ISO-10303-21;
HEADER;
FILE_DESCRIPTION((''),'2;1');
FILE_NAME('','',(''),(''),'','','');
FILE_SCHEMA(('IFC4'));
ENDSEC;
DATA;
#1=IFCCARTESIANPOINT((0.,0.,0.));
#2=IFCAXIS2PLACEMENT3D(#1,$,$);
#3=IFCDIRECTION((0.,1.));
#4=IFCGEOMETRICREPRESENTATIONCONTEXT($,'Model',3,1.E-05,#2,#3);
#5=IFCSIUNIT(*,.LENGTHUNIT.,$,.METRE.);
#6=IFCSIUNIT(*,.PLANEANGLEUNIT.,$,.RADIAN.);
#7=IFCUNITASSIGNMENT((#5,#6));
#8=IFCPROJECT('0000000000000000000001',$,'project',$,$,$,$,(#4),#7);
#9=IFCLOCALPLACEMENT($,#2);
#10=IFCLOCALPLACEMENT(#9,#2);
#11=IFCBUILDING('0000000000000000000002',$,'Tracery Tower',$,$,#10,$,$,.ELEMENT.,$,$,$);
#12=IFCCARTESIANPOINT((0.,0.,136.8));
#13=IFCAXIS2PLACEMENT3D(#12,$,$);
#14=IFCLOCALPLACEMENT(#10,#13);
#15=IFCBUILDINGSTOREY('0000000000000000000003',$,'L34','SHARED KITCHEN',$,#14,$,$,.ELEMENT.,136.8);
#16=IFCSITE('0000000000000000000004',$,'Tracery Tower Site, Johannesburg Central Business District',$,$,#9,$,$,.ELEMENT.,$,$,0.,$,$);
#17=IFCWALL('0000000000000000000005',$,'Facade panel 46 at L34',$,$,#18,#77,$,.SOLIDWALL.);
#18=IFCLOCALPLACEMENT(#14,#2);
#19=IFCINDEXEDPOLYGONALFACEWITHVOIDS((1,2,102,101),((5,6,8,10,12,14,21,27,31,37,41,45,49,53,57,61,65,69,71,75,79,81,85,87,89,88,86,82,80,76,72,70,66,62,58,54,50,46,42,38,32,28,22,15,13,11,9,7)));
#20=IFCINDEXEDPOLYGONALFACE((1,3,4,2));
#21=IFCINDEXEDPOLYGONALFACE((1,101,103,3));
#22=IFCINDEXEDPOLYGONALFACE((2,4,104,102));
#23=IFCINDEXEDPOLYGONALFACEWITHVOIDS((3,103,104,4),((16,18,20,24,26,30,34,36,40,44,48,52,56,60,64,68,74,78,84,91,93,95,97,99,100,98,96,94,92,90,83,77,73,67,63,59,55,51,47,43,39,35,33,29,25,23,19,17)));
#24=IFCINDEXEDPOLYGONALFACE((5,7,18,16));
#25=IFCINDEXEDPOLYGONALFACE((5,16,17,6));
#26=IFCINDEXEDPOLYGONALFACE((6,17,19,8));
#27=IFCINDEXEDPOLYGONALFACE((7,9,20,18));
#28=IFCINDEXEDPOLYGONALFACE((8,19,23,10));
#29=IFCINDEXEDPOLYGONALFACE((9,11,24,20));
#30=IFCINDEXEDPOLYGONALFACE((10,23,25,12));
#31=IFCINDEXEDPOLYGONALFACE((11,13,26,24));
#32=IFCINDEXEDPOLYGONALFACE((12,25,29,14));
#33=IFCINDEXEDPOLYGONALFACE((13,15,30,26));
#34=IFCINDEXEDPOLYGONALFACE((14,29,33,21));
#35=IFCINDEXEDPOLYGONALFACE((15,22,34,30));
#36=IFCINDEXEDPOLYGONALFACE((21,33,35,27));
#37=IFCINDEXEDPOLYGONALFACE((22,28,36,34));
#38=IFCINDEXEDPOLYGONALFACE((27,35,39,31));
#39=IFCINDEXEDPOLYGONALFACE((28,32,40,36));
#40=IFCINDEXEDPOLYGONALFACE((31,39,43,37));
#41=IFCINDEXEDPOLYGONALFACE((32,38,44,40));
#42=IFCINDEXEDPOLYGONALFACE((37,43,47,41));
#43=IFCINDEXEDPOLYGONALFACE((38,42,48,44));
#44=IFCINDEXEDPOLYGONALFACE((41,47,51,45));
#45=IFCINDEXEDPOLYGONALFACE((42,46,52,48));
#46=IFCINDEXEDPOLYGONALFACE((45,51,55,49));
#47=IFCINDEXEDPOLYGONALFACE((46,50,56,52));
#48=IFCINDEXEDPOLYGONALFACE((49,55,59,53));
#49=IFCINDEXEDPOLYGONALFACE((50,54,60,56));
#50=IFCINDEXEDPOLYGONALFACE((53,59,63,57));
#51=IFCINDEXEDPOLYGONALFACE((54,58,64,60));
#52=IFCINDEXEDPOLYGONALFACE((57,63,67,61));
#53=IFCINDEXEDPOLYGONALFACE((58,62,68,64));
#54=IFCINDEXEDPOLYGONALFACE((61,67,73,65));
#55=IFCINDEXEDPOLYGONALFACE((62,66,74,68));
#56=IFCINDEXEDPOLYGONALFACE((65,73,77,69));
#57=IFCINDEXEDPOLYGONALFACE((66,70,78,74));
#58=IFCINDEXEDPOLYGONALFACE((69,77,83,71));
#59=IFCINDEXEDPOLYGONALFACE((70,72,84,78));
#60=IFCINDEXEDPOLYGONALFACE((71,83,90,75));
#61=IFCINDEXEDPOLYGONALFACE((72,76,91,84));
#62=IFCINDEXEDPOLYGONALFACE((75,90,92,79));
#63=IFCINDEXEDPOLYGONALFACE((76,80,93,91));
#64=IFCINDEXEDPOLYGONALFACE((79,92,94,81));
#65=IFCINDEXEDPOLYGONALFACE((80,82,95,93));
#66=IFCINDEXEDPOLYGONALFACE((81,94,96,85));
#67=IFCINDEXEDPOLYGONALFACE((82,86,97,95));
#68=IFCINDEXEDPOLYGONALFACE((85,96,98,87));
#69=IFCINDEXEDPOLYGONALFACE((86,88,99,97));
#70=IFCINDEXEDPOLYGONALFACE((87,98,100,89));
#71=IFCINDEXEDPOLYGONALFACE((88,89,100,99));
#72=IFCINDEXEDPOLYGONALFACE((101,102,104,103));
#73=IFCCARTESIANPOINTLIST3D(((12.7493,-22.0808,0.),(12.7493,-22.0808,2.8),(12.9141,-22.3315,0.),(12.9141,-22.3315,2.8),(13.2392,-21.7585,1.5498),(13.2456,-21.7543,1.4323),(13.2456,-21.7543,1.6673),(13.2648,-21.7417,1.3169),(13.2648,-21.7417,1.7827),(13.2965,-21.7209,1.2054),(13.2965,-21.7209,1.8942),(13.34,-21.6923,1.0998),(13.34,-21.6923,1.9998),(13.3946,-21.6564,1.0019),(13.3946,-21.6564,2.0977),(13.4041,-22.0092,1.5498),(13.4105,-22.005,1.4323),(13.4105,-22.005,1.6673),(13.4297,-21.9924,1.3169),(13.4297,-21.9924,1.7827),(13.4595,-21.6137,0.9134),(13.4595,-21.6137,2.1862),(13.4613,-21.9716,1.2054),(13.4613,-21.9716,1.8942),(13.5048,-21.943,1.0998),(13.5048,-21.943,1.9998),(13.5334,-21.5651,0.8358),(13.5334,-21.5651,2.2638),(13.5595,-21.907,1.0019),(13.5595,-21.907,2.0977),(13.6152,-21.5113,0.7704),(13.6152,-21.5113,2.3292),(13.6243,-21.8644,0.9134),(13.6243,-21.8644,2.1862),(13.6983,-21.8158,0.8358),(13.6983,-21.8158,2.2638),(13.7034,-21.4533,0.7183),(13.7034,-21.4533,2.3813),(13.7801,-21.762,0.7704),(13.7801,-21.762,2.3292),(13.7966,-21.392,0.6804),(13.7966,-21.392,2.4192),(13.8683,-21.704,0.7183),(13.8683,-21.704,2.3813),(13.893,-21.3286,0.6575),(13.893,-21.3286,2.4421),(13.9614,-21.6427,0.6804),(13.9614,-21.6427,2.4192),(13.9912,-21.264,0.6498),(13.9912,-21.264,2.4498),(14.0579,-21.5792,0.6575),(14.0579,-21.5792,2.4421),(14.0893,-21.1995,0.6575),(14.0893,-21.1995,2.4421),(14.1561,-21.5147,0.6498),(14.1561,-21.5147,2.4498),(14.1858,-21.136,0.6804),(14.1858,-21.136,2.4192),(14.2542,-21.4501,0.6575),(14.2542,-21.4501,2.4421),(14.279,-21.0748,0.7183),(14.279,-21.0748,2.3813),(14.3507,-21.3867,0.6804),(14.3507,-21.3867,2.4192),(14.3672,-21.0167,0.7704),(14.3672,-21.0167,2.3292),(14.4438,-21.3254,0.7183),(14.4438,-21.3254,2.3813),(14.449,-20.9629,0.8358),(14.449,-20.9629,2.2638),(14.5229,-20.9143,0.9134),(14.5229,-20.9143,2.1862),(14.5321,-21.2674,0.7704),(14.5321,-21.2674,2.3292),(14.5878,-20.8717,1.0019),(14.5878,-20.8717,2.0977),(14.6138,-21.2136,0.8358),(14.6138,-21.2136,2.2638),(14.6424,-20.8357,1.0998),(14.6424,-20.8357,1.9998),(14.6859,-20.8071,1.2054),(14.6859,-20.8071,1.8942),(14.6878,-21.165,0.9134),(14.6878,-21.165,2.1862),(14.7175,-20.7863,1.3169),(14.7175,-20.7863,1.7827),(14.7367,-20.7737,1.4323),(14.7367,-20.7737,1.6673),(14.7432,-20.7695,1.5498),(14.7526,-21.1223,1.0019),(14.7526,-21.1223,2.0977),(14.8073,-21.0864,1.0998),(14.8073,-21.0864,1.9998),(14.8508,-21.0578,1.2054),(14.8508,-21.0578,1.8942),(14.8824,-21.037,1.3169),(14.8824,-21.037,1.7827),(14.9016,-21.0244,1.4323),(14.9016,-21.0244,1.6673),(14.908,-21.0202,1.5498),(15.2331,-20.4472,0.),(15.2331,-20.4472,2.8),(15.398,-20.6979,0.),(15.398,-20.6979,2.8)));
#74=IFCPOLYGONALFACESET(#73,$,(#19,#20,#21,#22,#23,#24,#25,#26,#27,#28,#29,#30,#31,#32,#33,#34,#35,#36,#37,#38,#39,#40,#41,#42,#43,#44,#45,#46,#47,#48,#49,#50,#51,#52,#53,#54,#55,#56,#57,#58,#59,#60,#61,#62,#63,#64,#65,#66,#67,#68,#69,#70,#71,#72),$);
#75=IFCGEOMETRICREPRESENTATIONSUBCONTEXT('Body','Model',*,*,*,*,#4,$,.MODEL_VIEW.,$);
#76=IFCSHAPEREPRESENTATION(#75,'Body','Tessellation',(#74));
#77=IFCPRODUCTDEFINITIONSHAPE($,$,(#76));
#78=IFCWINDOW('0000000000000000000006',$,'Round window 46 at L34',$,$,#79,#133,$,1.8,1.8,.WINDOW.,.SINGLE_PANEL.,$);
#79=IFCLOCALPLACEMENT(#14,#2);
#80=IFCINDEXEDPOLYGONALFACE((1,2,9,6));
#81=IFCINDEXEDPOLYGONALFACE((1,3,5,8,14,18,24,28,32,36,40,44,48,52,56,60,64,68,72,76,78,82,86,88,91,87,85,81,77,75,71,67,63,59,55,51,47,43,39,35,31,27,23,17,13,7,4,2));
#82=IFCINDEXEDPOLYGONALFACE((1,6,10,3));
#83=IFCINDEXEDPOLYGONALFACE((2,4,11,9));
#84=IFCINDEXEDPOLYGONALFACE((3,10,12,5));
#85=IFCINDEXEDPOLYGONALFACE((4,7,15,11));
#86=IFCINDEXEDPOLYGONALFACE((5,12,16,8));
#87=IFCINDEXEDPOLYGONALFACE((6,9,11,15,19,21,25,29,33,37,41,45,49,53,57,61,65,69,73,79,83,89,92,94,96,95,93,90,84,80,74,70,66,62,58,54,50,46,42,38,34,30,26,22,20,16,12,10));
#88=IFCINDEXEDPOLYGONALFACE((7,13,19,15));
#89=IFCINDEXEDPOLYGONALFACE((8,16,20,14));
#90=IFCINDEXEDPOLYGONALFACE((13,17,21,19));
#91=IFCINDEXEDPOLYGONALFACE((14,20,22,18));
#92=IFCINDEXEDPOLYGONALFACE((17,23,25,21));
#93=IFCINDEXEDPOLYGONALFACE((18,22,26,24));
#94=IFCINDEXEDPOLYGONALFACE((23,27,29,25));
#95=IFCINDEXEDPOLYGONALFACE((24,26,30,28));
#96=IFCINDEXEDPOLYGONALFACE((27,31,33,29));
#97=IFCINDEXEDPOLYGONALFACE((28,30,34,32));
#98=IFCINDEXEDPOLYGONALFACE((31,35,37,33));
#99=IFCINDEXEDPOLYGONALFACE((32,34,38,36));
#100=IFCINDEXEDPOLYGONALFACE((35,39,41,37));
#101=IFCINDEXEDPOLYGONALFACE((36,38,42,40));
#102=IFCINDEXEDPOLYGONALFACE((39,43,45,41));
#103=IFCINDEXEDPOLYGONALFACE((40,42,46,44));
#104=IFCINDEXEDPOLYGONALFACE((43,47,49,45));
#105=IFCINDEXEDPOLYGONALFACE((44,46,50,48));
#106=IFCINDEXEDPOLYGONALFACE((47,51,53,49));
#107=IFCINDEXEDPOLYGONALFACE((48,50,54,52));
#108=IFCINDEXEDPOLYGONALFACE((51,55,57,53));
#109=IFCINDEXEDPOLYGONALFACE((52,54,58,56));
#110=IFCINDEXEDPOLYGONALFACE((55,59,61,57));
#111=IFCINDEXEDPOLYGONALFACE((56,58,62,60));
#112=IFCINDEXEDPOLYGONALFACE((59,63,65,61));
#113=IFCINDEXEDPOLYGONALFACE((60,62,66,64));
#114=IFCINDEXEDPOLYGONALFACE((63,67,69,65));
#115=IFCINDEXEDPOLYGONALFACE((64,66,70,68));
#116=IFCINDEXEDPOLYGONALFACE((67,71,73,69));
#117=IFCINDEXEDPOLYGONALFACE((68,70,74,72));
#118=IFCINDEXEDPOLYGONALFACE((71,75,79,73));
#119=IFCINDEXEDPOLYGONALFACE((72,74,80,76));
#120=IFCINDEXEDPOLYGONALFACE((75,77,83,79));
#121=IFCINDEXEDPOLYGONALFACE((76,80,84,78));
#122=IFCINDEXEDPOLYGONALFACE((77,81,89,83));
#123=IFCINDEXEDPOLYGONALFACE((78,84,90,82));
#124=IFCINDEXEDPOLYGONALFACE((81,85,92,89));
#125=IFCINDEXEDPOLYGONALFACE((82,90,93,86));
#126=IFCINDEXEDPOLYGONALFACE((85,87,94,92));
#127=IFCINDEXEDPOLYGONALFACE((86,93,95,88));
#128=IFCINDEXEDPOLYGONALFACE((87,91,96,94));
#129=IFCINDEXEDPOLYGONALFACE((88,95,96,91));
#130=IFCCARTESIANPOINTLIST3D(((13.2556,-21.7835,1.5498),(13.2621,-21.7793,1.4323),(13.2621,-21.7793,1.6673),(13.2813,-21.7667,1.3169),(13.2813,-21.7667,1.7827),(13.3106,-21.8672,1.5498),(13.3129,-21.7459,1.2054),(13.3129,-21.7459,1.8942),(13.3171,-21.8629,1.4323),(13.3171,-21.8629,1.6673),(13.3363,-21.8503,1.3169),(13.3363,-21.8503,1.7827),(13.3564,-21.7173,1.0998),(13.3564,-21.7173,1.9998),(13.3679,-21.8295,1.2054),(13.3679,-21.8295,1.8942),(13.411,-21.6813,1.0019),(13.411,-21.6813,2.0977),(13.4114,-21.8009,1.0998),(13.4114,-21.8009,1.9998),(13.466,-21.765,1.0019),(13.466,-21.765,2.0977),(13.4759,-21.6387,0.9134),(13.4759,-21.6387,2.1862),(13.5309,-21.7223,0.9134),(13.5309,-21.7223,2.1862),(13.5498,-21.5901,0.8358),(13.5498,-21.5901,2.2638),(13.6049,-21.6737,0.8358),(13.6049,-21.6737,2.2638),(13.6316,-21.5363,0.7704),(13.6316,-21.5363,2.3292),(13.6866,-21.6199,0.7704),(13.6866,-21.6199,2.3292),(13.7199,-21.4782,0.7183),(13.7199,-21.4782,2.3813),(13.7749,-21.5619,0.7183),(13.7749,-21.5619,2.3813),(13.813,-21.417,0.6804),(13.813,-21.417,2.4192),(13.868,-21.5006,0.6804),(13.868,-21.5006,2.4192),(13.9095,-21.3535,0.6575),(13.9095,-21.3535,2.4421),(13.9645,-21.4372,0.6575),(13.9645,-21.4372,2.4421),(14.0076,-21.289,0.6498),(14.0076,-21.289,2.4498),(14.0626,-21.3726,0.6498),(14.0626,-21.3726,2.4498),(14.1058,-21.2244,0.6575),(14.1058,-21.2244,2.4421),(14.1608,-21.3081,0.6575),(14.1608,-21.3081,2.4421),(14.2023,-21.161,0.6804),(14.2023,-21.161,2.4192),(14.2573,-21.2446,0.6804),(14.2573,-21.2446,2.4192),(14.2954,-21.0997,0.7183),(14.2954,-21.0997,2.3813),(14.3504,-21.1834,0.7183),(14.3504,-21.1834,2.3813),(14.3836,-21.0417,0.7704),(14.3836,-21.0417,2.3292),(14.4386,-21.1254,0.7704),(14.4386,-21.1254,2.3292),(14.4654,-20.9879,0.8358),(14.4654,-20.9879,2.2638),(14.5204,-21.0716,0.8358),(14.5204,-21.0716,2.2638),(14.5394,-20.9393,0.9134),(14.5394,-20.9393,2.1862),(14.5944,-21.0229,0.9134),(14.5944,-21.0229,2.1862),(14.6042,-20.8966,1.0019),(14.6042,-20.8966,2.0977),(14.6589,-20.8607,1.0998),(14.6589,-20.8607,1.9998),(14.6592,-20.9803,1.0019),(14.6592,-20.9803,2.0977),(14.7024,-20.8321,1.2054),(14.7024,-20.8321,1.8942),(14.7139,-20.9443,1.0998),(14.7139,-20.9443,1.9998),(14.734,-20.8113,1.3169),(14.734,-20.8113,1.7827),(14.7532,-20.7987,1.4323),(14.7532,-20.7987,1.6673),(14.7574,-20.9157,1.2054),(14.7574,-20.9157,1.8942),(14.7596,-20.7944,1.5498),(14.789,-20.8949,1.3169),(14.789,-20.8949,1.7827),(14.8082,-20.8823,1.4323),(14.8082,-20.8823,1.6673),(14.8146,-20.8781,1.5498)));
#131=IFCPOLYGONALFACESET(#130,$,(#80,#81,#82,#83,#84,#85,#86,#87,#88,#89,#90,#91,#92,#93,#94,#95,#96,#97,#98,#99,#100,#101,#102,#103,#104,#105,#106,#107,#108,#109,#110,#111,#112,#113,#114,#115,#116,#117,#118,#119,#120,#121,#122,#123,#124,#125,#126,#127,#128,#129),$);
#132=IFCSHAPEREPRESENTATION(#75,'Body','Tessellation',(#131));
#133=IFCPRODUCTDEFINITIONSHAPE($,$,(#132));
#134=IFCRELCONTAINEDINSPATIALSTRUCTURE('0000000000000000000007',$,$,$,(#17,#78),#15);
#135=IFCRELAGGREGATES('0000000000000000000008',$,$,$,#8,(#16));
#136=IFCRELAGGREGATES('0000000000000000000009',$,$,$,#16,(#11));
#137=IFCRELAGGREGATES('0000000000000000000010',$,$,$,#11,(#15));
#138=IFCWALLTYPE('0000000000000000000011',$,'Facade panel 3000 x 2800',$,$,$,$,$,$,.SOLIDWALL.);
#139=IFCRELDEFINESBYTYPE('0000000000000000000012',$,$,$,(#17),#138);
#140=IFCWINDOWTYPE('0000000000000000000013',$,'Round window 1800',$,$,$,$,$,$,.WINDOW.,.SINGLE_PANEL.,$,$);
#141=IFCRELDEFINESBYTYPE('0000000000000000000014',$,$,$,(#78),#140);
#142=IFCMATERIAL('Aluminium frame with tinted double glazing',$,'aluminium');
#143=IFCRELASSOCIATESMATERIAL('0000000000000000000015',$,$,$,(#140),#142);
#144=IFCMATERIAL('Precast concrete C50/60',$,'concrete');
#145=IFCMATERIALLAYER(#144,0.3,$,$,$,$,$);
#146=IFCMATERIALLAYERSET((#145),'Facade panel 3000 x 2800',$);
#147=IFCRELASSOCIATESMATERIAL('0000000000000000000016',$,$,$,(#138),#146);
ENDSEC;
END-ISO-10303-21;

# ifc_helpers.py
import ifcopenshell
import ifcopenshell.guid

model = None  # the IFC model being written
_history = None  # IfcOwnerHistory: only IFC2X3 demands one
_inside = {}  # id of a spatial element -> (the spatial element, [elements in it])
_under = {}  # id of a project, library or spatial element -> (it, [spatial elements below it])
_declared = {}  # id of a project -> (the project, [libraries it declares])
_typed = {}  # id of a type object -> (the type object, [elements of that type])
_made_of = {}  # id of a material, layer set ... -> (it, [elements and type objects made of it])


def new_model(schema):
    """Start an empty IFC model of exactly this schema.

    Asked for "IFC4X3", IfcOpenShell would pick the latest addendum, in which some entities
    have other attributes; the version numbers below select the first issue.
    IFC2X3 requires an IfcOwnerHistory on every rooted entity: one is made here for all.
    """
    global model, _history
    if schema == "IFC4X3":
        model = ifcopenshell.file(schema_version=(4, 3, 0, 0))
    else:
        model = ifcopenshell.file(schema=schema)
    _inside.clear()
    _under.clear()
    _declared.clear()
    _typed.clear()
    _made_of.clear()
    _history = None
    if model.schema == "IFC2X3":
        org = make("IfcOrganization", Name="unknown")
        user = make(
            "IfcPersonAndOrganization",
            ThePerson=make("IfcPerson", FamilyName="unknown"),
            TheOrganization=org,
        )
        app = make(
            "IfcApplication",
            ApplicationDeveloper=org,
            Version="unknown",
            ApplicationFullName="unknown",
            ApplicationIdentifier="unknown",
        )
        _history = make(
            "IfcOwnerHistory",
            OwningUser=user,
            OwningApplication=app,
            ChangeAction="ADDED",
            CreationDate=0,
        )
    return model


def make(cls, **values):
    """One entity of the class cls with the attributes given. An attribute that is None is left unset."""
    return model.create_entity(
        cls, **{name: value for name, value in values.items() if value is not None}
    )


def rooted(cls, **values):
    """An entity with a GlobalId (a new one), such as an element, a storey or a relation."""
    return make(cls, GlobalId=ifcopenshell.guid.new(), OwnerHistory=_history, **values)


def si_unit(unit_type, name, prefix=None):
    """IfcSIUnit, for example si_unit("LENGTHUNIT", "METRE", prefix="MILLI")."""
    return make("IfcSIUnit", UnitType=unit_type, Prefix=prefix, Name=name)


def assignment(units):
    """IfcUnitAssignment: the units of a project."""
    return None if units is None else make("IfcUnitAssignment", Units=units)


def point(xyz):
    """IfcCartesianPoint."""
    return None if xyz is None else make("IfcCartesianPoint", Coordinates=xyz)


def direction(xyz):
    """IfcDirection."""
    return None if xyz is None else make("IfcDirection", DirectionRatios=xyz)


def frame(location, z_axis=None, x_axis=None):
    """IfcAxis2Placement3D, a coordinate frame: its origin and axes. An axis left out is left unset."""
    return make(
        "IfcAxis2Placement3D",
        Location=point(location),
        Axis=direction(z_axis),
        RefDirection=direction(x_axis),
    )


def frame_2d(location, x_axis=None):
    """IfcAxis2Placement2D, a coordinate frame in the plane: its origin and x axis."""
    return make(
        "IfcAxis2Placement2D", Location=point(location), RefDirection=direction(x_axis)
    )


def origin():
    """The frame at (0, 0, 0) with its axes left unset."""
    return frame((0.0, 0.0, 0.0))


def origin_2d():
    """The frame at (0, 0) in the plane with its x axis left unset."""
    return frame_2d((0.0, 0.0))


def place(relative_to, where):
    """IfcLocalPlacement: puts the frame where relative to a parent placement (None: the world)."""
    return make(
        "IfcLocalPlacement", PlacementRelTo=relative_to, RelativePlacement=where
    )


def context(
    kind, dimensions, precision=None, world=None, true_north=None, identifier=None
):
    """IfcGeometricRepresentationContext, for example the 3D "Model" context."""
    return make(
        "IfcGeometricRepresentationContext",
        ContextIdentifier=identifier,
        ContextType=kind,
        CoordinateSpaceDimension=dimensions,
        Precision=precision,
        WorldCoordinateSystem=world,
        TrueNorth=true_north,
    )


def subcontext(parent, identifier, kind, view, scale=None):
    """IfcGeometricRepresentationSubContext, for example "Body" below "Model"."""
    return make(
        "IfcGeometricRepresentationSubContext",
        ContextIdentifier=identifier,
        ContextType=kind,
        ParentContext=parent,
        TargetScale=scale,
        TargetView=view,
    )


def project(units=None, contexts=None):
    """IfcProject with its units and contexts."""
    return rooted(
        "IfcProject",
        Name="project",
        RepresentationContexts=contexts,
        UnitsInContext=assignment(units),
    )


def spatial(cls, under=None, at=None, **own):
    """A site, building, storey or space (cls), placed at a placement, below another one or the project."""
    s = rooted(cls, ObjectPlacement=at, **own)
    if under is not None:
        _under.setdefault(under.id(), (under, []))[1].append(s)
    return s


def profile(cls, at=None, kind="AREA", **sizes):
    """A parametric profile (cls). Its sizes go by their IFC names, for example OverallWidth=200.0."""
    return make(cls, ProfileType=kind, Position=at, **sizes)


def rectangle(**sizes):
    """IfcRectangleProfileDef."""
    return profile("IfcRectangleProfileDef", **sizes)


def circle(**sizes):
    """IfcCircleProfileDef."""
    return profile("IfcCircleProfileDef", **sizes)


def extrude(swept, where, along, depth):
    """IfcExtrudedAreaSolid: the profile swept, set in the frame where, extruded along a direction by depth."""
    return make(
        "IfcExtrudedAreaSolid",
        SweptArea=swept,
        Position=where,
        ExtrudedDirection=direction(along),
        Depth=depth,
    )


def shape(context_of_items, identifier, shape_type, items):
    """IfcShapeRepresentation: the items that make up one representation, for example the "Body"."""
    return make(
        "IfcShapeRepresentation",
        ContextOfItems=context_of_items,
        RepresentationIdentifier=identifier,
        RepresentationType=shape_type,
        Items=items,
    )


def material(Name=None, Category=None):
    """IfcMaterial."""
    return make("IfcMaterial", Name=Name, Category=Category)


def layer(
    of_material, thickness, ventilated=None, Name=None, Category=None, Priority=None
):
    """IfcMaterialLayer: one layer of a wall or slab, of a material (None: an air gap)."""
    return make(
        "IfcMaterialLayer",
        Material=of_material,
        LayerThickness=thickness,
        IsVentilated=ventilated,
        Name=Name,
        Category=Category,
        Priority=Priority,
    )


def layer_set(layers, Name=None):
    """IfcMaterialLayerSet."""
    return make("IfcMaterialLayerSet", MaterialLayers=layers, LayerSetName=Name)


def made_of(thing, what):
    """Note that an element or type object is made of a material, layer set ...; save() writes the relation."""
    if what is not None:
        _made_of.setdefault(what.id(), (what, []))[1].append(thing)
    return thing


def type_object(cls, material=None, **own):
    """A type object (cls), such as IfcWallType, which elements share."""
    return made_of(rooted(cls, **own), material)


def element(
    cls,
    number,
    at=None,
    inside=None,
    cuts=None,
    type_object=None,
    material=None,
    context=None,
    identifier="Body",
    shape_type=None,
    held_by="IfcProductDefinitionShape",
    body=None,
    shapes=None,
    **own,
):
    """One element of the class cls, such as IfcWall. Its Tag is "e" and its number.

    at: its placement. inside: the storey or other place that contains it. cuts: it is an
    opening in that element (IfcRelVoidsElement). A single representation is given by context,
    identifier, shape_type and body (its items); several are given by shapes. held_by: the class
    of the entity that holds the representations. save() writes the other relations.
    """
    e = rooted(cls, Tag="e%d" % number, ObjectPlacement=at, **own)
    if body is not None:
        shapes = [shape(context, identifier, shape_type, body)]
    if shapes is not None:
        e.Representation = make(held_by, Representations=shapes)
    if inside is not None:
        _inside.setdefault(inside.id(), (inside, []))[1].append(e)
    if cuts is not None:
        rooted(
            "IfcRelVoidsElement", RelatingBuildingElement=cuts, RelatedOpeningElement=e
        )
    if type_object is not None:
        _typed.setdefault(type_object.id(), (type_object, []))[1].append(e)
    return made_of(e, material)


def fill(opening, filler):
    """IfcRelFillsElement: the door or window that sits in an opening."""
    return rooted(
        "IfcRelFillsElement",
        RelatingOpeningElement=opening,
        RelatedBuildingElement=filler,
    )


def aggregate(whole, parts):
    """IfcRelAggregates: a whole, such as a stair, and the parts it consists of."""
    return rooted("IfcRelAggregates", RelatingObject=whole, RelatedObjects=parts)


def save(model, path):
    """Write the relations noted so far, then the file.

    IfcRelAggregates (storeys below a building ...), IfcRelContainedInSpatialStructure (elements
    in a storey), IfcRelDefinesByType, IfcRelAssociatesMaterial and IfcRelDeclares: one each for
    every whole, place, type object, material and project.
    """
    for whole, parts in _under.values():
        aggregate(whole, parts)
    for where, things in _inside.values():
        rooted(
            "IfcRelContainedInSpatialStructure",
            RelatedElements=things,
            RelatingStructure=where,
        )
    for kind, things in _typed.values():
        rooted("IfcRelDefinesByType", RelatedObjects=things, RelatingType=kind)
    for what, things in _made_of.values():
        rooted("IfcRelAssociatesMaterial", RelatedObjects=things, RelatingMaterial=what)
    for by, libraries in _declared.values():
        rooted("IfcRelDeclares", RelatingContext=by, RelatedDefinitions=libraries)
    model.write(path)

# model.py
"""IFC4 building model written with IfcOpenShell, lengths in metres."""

from ifc_helpers import new_model, si_unit, direction, frame, frame_2d, origin, origin_2d, place, context, subcontext, project, spatial, rectangle, circle, extrude, material, layer, layer_set, type_object, element, fill, save


model = new_model("IFC4")

# Units and contexts
model_context = context("Model", 3, precision=1e-05, world=origin(), true_north=direction((0.0, 1.0)))
body_context = subcontext(model_context, "Body", "Model", "MODEL_VIEW")
ifc_project = project(units=[si_unit("LENGTHUNIT", "METRE"), si_unit("PLANEANGLEUNIT", "RADIAN")], contexts=[model_context])

# Site, building, storey
site_placement = place(None, origin())
site = spatial("IfcSite", under=ifc_project, at=site_placement, Name="Tracery Tower Site, Johannesburg Central Business District", CompositionType="ELEMENT", RefElevation=0.0)
building_placement = place(site_placement, origin())
building = spatial("IfcBuilding", under=site, at=building_placement, Name="Tracery Tower", CompositionType="ELEMENT")
storey_placement = place(building_placement, frame((0.0, 0.0, 136.8)))
storey = spatial("IfcBuildingStorey", under=building, at=storey_placement, Name="L34", Description="SHARED KITCHEN", CompositionType="ELEMENT", Elevation=136.8)

# Wall, opening, window
ifc_material_1 = material(Name="Aluminium frame with tinted double glazing", Category="aluminium")
window_type = type_object("IfcWindowType", Name="Round window 1800", PartitioningType="SINGLE_PANEL", PredefinedType="WINDOW", material=ifc_material_1)
ifc_material_2 = material(Name="Precast concrete C50/60", Category="concrete")
ifc_layer_1 = layer(ifc_material_2, 0.3)
ifc_layer_set_1 = layer_set([ifc_layer_1], Name="Facade panel 3000 x 2800")
wall_type_1 = type_object("IfcWallType", Name="Facade panel 3000 x 2800", PredefinedType="SOLIDWALL", material=ifc_layer_set_1)
wall_1_placement = place(storey_placement, frame((12.8318, -22.2061, 0.0), z_axis=(0.0, 0.0, 1.0), x_axis=(0.835508, 0.549478, 0.0)))
wall_1 = element("IfcWall", 1, at=wall_1_placement, inside=storey, type_object=wall_type_1, Name="Facade panel 46 at L34", PredefinedType="SOLIDWALL", context=body_context, shape_type="SweptSolid", body=[
    extrude(rectangle(XDim=2.9729, YDim=0.3, at=frame_2d((1.4863, 0.0))), origin(), (0.0, 0.0, 1.0), 2.8),
])
opening_1_placement = place(wall_1_placement, frame((1.4863, 0.0, 1.5498)))
opening_1 = element("IfcOpeningElement", 2, at=opening_1_placement, cuts=wall_1, PredefinedType="OPENING", context=body_context, shape_type="SweptSolid", body=[
    extrude(circle(Radius=0.9, at=origin_2d()), frame((0.0, 0.1599, 0.0), z_axis=(0.0, -1.0, 0.0), x_axis=(1.0, 0.0, 0.0)), (0.0, 0.0, 1.0), 0.3201),
])
window_1_placement = place(opening_1_placement, origin())
window_1 = element("IfcWindow", 3, at=window_1_placement, inside=storey, type_object=window_type, Name="Round window 46 at L34", OverallHeight=1.8, OverallWidth=1.8, PartitioningType="SINGLE_PANEL", PredefinedType="WINDOW", context=body_context, shape_type="SweptSolid", body=[
    extrude(circle(Radius=0.9, at=origin_2d()), frame((0.0, 0.1201, 0.0), z_axis=(0.0, -1.0, 0.0), x_axis=(1.0, 0.0, 0.0)), (0.0, 0.0, 1.0), 0.1001),
])
fill(opening_1, window_1)

save(model, "model.ifc")
